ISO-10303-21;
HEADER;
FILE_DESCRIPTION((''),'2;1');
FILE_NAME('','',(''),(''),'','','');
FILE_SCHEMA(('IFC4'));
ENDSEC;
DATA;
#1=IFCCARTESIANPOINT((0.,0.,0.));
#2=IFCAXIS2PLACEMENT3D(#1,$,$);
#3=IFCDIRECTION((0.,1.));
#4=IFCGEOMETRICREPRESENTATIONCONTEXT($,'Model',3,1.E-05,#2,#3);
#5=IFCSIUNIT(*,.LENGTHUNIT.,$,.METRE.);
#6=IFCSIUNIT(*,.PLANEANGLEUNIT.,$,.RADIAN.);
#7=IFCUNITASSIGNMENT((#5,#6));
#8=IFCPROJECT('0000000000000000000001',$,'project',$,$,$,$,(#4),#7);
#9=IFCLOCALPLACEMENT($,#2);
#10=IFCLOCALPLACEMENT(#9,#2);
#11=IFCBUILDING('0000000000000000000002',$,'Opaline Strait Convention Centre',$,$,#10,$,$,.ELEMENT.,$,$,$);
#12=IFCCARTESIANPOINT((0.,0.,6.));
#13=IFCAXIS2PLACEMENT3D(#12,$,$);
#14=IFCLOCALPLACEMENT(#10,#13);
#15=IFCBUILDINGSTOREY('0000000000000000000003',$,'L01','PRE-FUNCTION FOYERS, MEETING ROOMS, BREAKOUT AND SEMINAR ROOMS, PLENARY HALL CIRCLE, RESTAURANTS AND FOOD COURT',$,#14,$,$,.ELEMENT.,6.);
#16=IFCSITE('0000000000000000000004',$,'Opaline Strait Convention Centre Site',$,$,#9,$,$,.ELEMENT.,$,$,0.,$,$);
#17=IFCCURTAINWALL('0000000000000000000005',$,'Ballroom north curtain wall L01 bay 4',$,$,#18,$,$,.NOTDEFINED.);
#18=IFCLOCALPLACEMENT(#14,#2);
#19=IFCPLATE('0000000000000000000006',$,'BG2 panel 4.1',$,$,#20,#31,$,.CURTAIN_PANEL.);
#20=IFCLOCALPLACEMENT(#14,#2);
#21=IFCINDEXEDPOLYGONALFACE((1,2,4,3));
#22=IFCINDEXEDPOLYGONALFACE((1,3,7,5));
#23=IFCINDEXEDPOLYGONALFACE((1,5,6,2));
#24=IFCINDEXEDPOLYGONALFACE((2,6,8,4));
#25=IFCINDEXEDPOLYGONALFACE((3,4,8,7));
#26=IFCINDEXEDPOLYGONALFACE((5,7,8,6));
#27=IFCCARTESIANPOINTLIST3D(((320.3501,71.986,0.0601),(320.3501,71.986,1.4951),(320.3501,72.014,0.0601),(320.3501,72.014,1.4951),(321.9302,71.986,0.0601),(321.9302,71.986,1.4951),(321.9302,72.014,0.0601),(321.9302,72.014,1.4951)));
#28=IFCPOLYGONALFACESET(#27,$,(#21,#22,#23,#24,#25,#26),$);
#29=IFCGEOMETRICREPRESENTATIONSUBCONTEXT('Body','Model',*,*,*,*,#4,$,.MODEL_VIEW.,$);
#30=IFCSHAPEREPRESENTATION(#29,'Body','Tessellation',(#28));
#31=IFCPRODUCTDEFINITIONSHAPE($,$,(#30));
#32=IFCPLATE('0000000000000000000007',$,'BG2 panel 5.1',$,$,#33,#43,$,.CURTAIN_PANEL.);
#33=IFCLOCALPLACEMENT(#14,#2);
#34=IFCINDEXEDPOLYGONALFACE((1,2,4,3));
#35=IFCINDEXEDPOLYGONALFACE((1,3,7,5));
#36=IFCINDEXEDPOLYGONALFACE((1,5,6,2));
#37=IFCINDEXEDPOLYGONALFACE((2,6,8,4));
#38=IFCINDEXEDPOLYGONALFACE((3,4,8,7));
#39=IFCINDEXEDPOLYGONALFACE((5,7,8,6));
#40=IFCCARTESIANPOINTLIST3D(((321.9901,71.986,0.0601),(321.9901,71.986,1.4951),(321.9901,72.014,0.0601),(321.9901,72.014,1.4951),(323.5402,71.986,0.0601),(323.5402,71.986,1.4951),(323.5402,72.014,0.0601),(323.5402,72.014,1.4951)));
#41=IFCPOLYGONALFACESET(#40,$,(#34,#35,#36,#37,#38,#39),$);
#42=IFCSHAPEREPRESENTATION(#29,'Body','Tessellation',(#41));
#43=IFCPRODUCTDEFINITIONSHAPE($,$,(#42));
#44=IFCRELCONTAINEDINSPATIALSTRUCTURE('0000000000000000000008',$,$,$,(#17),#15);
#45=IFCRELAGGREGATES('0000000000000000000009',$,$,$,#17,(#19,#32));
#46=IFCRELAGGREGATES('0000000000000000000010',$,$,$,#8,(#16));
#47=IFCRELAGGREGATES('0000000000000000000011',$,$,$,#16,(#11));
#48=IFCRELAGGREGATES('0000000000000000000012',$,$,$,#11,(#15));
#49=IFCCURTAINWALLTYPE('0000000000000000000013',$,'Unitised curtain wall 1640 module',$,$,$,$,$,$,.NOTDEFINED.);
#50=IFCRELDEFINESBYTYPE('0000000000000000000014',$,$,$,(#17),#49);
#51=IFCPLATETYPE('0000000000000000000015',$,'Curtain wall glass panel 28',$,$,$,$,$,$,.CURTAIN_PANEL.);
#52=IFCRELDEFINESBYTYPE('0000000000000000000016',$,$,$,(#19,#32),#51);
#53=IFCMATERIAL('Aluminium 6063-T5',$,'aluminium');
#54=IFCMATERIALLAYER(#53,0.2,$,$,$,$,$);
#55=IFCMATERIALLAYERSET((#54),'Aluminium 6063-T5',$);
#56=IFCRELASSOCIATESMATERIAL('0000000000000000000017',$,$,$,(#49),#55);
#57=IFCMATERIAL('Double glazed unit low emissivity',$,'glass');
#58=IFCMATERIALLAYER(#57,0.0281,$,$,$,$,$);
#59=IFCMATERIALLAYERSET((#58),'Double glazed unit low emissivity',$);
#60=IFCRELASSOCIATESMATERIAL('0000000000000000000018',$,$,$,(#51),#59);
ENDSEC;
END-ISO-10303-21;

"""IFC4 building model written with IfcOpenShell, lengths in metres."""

from ifc_helpers import new_model, si_unit, direction, frame, origin, origin_2d, place, context, subcontext, project, spatial, rectangle, extrude, material, layer, layer_set, type_object, element, aggregate, save


model = new_model("IFC4")

# Units and contexts
model_context = context("Model", 3, precision=1e-05, world=origin(), true_north=direction((0.0, 1.0)))
body_context = subcontext(model_context, "Body", "Model", "MODEL_VIEW")
ifc_project = project(units=[si_unit("LENGTHUNIT", "METRE"), si_unit("PLANEANGLEUNIT", "RADIAN")], contexts=[model_context])

# Site, building, storey
site_placement = place(None, origin())
site = spatial("IfcSite", under=ifc_project, at=site_placement, Name="Opaline Strait Convention Centre Site", CompositionType="ELEMENT", RefElevation=0.0)
building_placement = place(site_placement, origin())
building = spatial("IfcBuilding", under=site, at=building_placement, Name="Opaline Strait Convention Centre", CompositionType="ELEMENT")
storey_placement = place(building_placement, frame((0.0, 0.0, 6.0)))
storey = spatial("IfcBuildingStorey", under=building, at=storey_placement, Name="L01", Description="PRE-FUNCTION FOYERS, MEETING ROOMS, BREAKOUT AND SEMINAR ROOMS, PLENARY HALL CIRCLE, RESTAURANTS AND FOOD COURT", CompositionType="ELEMENT", Elevation=6.0)

# Curtain wall
ifc_material_1 = material(Name="Aluminium 6063-T5", Category="aluminium")
ifc_layer_1 = layer(ifc_material_1, 0.2)
ifc_layer_set_1 = layer_set([ifc_layer_1], Name="Aluminium 6063-T5")
curtain_wall_type = type_object("IfcCurtainWallType", Name="Unitised curtain wall 1640 module", PredefinedType="NOTDEFINED", material=ifc_layer_set_1)
curtain_wall_1_placement = place(storey_placement, origin())
curtain_wall_1 = element("IfcCurtainWall", 1, at=curtain_wall_1_placement, inside=storey, type_object=curtain_wall_type, Name="Ballroom north curtain wall L01 bay 4", PredefinedType="NOTDEFINED")

# Plates
ifc_material_2 = material(Name="Double glazed unit low emissivity", Category="glass")
ifc_layer_2 = layer(ifc_material_2, 0.0281)
ifc_layer_set_2 = layer_set([ifc_layer_2], Name="Double glazed unit low emissivity")
plate_type = type_object("IfcPlateType", Name="Curtain wall glass panel 28", PredefinedType="CURTAIN_PANEL", material=ifc_layer_set_2)
plate_1_placement = place(storey_placement, frame((321.1401, 72.0, 0.0601), z_axis=(0.0, 0.0, 1.0), x_axis=(1.0, 0.0, 0.0)))
plate_1 = element("IfcPlate", 2, at=plate_1_placement, type_object=plate_type, Name="BG2 panel 4.1", PredefinedType="CURTAIN_PANEL", context=body_context, shape_type="SweptSolid", body=[
    extrude(rectangle(XDim=1.5801, YDim=0.0281, at=origin_2d()), origin(), (0.0, 0.0, 1.0), 1.4351),
])
plate_2_placement = place(storey_placement, frame((322.7651, 72.0, 0.0601), z_axis=(0.0, 0.0, 1.0), x_axis=(1.0, 0.0, 0.0)))
plate_2 = element("IfcPlate", 3, at=plate_2_placement, type_object=plate_type, Name="BG2 panel 5.1", PredefinedType="CURTAIN_PANEL", context=body_context, shape_type="SweptSolid", body=[
    extrude(rectangle(XDim=1.55, YDim=0.0281, at=origin_2d()), origin(), (0.0, 0.0, 1.0), 1.4351),
])
aggregate(curtain_wall_1, [plate_1, plate_2])

save(model, "model.ifc")
